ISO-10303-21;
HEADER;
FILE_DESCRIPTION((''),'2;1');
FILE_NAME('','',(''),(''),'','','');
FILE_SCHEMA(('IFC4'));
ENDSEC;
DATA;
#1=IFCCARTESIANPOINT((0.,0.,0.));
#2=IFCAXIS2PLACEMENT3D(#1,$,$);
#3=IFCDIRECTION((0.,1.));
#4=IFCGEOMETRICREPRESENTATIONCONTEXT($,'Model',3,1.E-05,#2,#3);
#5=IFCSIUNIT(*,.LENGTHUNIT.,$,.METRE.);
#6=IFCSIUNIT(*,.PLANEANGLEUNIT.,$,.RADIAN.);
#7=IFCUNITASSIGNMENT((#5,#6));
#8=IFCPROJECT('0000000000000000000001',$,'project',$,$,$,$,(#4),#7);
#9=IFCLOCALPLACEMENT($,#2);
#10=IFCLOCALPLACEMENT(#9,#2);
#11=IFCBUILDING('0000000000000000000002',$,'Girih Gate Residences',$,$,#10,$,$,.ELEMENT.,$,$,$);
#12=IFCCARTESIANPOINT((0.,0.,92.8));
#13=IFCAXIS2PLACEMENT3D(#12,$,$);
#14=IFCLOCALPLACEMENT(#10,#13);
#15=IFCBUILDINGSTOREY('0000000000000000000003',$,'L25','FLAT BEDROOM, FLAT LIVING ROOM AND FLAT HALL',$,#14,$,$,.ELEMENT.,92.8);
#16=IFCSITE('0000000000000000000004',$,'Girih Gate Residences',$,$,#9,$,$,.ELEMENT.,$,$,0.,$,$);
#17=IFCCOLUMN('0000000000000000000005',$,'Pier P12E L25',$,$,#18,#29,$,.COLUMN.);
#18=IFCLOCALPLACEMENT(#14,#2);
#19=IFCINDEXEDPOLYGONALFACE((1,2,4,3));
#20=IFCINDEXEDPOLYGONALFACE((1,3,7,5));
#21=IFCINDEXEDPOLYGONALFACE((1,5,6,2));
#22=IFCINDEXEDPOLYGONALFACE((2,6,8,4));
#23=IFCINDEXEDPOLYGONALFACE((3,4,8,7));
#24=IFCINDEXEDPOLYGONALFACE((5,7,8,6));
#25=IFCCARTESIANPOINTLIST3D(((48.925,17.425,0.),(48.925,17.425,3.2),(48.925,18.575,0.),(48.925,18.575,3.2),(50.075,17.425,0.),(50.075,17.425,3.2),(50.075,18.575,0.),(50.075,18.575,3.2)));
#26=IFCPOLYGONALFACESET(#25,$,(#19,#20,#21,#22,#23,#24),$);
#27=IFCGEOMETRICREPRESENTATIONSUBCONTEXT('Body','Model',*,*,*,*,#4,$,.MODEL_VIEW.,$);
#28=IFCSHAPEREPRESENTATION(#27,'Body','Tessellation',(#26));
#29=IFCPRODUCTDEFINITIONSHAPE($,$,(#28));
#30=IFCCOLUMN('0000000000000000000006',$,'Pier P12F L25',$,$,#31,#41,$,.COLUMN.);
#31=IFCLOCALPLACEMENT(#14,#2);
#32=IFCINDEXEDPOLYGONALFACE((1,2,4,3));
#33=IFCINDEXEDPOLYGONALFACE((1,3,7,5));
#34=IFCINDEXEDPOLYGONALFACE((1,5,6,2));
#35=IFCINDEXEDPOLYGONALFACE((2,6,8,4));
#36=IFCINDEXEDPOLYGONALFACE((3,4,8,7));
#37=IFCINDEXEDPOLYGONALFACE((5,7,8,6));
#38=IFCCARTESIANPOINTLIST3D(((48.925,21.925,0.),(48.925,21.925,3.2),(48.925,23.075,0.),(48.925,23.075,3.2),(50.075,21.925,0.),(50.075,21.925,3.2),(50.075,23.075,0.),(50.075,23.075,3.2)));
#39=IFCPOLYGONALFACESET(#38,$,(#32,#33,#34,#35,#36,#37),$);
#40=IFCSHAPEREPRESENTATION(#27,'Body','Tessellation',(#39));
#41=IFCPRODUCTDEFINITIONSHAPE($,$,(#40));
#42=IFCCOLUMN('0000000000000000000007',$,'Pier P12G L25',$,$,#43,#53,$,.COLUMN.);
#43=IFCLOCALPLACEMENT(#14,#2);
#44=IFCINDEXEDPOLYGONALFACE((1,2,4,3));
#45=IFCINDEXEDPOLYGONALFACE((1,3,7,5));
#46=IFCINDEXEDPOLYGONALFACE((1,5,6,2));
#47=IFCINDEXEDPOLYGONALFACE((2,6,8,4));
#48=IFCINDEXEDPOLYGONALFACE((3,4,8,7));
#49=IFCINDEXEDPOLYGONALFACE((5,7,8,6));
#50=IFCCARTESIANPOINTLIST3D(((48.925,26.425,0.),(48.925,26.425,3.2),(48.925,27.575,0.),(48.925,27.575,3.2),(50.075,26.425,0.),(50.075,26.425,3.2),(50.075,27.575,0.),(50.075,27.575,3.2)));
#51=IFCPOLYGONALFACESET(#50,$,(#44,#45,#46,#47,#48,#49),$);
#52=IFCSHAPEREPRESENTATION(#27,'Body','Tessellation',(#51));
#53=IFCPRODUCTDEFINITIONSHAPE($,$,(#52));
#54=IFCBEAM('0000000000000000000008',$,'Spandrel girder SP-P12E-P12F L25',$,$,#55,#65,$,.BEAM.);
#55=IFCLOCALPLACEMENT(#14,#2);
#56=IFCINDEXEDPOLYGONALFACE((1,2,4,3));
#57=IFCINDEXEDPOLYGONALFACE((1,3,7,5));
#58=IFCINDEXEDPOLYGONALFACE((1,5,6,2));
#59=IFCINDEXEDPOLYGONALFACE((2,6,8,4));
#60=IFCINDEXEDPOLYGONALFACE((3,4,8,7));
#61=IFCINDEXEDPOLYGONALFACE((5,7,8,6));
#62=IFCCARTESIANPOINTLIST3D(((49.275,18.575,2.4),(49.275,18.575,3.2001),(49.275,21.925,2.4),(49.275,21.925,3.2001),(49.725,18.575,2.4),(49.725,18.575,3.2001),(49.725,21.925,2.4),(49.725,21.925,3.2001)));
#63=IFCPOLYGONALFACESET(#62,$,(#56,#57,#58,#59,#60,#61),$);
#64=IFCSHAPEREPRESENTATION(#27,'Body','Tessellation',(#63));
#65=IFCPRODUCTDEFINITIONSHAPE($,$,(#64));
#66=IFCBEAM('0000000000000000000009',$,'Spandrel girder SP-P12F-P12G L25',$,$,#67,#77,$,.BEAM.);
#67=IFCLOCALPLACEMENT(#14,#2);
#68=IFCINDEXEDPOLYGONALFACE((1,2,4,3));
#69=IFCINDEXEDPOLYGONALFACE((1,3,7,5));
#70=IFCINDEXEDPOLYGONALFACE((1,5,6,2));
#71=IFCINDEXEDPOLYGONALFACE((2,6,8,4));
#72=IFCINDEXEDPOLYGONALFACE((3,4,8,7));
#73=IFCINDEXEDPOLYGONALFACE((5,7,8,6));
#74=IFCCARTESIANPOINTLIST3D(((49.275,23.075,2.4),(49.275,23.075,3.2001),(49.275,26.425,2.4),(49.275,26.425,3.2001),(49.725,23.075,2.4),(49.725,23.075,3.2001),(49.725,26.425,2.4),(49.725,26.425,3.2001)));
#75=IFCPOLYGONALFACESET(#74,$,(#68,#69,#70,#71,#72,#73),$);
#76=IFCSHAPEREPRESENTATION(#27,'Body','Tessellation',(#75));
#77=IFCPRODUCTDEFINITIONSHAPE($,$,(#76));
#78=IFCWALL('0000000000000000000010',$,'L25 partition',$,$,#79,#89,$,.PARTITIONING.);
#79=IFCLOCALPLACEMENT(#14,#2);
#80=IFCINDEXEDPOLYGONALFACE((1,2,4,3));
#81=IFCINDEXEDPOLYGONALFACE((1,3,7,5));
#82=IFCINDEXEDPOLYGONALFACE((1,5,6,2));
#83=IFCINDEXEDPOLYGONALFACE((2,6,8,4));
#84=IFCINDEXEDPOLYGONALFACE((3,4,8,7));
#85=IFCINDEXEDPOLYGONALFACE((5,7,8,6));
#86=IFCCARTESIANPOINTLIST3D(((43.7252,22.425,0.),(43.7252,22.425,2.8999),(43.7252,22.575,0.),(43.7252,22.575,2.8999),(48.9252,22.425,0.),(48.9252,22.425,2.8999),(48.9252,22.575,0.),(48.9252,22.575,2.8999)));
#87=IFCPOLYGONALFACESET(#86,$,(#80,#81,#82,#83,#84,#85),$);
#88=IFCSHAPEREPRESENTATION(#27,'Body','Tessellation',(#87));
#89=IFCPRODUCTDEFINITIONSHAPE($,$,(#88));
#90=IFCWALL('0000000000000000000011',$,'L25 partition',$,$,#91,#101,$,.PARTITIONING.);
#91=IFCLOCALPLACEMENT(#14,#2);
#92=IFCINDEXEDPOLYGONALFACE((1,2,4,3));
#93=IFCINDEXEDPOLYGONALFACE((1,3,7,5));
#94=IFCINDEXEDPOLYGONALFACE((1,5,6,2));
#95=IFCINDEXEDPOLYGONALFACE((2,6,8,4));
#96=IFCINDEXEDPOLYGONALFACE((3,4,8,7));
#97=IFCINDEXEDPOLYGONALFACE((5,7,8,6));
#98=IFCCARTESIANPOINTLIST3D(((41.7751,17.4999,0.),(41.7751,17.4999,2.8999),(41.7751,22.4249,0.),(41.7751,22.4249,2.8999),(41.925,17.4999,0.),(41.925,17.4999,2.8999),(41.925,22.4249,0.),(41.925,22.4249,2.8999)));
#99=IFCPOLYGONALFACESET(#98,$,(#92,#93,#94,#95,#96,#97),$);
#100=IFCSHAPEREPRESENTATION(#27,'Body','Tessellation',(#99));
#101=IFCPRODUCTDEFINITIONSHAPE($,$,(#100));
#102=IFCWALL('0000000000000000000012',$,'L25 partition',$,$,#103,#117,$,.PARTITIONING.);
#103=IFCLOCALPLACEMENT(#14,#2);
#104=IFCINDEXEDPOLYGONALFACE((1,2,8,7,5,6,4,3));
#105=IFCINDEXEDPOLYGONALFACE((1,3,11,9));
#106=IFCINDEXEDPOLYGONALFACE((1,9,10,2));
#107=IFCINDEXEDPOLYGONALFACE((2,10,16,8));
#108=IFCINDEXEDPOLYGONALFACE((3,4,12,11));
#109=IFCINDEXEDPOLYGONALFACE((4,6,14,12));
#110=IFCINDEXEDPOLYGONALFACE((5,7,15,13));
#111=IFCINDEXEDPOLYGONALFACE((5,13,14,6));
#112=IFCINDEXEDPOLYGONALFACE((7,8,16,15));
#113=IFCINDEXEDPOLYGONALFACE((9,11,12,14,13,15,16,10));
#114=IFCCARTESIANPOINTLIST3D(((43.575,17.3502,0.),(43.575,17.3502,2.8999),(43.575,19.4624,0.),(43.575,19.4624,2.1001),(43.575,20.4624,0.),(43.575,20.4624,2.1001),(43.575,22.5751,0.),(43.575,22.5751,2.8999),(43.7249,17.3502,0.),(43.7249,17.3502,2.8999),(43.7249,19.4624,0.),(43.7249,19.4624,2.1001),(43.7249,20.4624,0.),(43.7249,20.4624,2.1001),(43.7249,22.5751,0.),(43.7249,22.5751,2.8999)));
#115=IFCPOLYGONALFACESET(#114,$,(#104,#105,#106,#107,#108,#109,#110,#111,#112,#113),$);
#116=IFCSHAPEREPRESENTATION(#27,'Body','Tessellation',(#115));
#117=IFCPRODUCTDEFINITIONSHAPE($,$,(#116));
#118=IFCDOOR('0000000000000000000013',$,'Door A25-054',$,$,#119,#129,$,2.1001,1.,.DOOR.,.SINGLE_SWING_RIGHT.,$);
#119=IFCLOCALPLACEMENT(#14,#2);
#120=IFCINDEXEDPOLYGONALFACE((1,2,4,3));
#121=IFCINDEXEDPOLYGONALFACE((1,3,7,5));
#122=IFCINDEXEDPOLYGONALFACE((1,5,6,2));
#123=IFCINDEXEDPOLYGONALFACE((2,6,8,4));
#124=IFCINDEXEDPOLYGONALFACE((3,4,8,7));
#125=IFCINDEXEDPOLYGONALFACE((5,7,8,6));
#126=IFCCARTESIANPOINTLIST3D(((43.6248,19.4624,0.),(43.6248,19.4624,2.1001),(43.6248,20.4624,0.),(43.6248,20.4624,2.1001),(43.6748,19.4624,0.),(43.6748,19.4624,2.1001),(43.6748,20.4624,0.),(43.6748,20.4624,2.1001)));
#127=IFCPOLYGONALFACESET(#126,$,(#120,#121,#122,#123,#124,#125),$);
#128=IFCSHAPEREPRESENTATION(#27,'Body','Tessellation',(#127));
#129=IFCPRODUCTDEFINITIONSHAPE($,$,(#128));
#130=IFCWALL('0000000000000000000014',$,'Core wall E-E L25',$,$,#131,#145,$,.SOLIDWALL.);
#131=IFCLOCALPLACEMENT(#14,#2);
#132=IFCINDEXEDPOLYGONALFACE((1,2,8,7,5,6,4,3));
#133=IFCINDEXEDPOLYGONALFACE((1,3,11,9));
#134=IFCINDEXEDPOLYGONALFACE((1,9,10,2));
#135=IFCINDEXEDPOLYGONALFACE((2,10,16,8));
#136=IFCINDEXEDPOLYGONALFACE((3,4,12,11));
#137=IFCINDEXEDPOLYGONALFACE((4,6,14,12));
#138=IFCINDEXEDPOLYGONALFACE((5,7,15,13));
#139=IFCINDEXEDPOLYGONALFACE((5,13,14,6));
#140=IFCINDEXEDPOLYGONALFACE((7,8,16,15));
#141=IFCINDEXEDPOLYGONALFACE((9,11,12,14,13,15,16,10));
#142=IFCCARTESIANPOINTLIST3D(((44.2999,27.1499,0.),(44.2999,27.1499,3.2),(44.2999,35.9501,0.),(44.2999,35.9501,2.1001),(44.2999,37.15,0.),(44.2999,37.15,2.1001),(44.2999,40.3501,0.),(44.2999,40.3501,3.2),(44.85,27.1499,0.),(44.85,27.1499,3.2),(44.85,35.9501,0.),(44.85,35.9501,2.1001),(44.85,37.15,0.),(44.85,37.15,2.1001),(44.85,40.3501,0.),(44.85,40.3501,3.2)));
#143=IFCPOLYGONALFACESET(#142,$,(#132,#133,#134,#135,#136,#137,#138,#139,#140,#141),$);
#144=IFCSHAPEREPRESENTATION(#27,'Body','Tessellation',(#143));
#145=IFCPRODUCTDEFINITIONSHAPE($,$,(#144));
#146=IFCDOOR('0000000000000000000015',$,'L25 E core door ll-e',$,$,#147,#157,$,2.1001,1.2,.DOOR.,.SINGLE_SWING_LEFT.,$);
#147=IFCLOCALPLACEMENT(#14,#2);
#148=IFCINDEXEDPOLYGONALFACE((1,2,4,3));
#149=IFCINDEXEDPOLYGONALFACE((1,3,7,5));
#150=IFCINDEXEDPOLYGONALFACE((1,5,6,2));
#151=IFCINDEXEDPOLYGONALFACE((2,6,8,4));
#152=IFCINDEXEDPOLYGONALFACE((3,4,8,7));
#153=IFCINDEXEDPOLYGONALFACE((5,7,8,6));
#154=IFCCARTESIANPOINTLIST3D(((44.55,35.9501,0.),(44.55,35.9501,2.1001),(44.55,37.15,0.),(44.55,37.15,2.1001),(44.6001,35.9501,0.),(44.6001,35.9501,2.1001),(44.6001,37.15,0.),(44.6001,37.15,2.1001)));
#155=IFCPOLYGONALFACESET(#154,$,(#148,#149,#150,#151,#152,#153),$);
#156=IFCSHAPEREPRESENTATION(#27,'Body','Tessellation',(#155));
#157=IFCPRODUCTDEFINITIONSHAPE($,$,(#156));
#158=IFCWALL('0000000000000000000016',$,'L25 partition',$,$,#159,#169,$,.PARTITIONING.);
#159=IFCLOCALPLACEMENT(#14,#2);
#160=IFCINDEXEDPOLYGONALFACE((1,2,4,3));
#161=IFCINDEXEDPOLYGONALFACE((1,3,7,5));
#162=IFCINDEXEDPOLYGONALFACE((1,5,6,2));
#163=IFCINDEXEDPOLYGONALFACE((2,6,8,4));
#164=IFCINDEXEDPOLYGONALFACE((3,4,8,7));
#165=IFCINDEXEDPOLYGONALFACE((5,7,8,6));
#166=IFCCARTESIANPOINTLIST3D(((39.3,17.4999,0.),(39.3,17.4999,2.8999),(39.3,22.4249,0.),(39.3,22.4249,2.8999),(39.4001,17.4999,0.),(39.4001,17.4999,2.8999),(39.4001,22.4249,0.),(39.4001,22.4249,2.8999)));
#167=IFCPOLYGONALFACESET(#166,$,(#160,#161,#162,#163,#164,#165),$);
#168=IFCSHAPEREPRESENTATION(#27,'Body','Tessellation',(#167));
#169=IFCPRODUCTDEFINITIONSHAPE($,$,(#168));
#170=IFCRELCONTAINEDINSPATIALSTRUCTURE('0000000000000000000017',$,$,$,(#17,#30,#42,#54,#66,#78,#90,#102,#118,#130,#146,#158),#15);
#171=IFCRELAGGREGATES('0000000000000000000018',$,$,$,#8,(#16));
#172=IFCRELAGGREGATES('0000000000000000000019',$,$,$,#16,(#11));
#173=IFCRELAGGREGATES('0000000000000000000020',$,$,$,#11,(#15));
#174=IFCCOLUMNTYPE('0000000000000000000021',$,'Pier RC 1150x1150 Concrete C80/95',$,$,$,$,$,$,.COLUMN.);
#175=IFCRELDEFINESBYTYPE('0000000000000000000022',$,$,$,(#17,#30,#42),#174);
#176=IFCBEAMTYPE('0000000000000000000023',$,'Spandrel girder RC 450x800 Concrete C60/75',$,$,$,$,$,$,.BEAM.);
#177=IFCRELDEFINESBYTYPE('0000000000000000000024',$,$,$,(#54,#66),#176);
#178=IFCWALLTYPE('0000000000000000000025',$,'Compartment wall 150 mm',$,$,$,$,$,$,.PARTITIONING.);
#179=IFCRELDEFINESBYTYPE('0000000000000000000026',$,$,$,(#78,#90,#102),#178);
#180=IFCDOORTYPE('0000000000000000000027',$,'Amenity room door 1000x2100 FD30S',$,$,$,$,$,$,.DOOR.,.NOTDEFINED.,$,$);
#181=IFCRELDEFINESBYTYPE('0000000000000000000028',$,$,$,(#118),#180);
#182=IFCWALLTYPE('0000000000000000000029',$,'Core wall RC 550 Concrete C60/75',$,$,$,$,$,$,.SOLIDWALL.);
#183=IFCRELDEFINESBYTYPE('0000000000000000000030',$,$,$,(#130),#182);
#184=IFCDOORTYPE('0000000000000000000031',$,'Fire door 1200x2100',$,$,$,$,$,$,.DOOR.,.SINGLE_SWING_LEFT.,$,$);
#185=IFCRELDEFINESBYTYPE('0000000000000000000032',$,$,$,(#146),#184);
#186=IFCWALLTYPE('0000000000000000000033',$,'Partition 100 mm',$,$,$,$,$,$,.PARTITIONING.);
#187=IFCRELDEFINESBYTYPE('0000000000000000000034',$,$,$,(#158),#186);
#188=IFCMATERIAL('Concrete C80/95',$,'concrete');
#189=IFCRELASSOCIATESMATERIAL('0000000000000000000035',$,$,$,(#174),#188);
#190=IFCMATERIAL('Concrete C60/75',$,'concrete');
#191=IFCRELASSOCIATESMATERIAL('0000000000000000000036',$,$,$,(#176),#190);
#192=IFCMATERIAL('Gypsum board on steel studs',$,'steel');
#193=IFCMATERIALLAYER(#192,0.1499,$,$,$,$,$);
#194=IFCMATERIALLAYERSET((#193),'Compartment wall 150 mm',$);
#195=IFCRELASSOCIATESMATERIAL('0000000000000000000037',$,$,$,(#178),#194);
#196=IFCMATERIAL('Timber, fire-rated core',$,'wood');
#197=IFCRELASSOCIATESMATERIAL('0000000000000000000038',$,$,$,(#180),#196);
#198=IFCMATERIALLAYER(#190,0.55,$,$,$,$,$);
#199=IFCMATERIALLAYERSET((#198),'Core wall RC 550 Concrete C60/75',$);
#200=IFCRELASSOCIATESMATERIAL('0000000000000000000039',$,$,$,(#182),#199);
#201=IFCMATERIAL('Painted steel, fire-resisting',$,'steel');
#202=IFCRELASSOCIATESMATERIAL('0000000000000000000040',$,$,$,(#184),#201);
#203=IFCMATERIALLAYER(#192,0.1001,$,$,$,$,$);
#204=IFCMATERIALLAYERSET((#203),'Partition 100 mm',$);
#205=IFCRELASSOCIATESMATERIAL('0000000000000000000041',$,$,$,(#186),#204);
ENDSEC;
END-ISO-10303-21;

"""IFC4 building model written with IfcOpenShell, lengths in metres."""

from ifc_helpers import new_model, si_unit, direction, frame, frame_2d, origin, origin_2d, place, context, subcontext, project, spatial, rectangle, extrude, material, layer, layer_set, material_profile, profile_set, type_object, element, fill, save


model = new_model("IFC4")

# Units and contexts
model_context = context("Model", 3, precision=1e-05, world=origin(), true_north=direction((0.0, 1.0)))
body_context = subcontext(model_context, "Body", "Model", "MODEL_VIEW")
ifc_project = project(units=[si_unit("LENGTHUNIT", "METRE"), si_unit("PLANEANGLEUNIT", "RADIAN")], contexts=[model_context])

# Site, building, storey
site_placement = place(None, origin())
site = spatial("IfcSite", under=ifc_project, at=site_placement, Name="Girih Gate Residences", CompositionType="ELEMENT", RefElevation=0.0)
building_placement = place(site_placement, origin())
building = spatial("IfcBuilding", under=site, at=building_placement, Name="Girih Gate Residences", CompositionType="ELEMENT")
storey_placement = place(building_placement, frame((0.0, 0.0, 92.8)))
storey = spatial("IfcBuildingStorey", under=building, at=storey_placement, Name="L25", Description="FLAT BEDROOM, FLAT LIVING ROOM AND FLAT HALL", CompositionType="ELEMENT", Elevation=92.8)

# Columns
ifc_material_1 = material(Name="Concrete C80/95", Category="concrete")
ifc_material_profile_1 = material_profile(ifc_material_1, rectangle(XDim=1.1499, YDim=1.1499, at=origin_2d()))
ifc_profile_set_1 = profile_set([ifc_material_profile_1], Name="Concrete C80/95")
column_type = type_object("IfcColumnType", Name="Pier RC 1150x1150 Concrete C80/95", PredefinedType="COLUMN", material=ifc_profile_set_1)
for number, where, z_axis, x_axis, name in (
    (1, (49.5, 18.0, 0.0), (0.0, 0.0, 1.0), (1.0, 0.0, 0.0), "Pier P12E L25"),
    (2, (49.5, 22.5, 0.0), (0.0, 0.0, 1.0), (1.0, 0.0, 0.0), "Pier P12F L25"),
    (3, (49.5, 27.0, 0.0), (0.0, 0.0, 1.0), (1.0, 0.0, 0.0), "Pier P12G L25"),
):
    element("IfcColumn", number, at=place(storey_placement, frame(where, z_axis=z_axis, x_axis=x_axis)), inside=storey, type_object=column_type, Name=name, PredefinedType="COLUMN", context=body_context, shape_type="SweptSolid", body=[
        extrude(rectangle(XDim=1.1499, YDim=1.1499, at=origin_2d()), origin(), (0.0, 0.0, 1.0), 3.2),
    ])

# Beams
ifc_material_2 = material(Name="Concrete C60/75", Category="concrete")
ifc_material_profile_2 = material_profile(ifc_material_2, rectangle(XDim=0.45, YDim=0.8, at=origin_2d()))
ifc_profile_set_2 = profile_set([ifc_material_profile_2], Name="Concrete C60/75")
beam_type = type_object("IfcBeamType", Name="Spandrel girder RC 450x800 Concrete C60/75", PredefinedType="BEAM", material=ifc_profile_set_2)
for number, where, z_axis, x_axis, name in (
    (4, (49.5, 18.575, 2.8), (0.0, 1.0, 0.0), (-1.0, 0.0, 0.0), "Spandrel girder SP-P12E-P12F L25"),
    (5, (49.5, 23.075, 2.8), (0.0, 1.0, 0.0), (-1.0, 0.0, 0.0), "Spandrel girder SP-P12F-P12G L25"),
):
    element("IfcBeam", number, at=place(storey_placement, frame(where, z_axis=z_axis, x_axis=x_axis)), inside=storey, type_object=beam_type, Name=name, PredefinedType="BEAM", context=body_context, shape_type="SweptSolid", body=[
        extrude(rectangle(XDim=0.45, YDim=0.8, at=origin_2d()), origin(), (0.0, 0.0, 1.0), 3.3501),
    ])

# Walls
ifc_material_3 = material(Name="Gypsum board on steel studs", Category="steel")
ifc_layer_1 = layer(ifc_material_3, 0.1499)
ifc_layer_set_1 = layer_set([ifc_layer_1], Name="Compartment wall 150 mm")
wall_type_1 = type_object("IfcWallType", Name="Compartment wall 150 mm", PredefinedType="PARTITIONING", material=ifc_layer_set_1)
wall_1_placement = place(storey_placement, frame((43.7251, 22.5, 0.0), z_axis=(0.0, 0.0, 1.0), x_axis=(1.0, 0.0, 0.0)))
element("IfcWall", 6, at=wall_1_placement, inside=storey, type_object=wall_type_1, Name="L25 partition", PredefinedType="PARTITIONING", context=body_context, shape_type="SweptSolid", body=[
    extrude(rectangle(XDim=5.2, YDim=0.1499, at=frame_2d((2.6001, 0.0))), origin(), (0.0, 0.0, 1.0), 2.8999),
])
wall_2_placement = place(storey_placement, frame((41.8501, 17.5, 0.0), z_axis=(0.0, 0.0, 1.0), x_axis=(0.0, 1.0, 0.0)))
element("IfcWall", 7, at=wall_2_placement, inside=storey, type_object=wall_type_1, Name="L25 partition", PredefinedType="PARTITIONING", context=body_context, shape_type="SweptSolid", body=[
    extrude(rectangle(XDim=4.925, YDim=0.1499, at=frame_2d((2.4624, 0.0))), origin(), (0.0, 0.0, 1.0), 2.8999),
])

# Walls, openings, doors
wall_3_placement = place(storey_placement, frame((43.6499, 22.575, 0.0), z_axis=(0.0, 0.0, 1.0), x_axis=(0.0, -1.0, 0.0)))
wall_3 = element("IfcWall", 8, at=wall_3_placement, inside=storey, type_object=wall_type_1, Name="L25 partition", PredefinedType="PARTITIONING", context=body_context, shape_type="SweptSolid", body=[
    extrude(rectangle(XDim=5.2249, YDim=0.1499, at=frame_2d((2.6123, 0.0))), origin(), (0.0, 0.0, 1.0), 2.8999),
])
opening_1_placement = place(wall_3_placement, frame((2.1125, 0.0, 0.0)))
opening_1 = element("IfcOpeningElement", 9, at=opening_1_placement, cuts=wall_3, PredefinedType="OPENING", context=body_context, shape_type="SweptSolid", body=[
    extrude(rectangle(XDim=1.0, YDim=2.1001, at=frame_2d((0.5, 1.05))), frame((0.0, 0.085, 0.0), z_axis=(0.0, -1.0, 0.0), x_axis=(1.0, 0.0, 0.0)), (0.0, 0.0, 1.0), 0.1699),
])
ifc_material_4 = material(Name="Timber, fire-rated core", Category="wood")
door_type_1 = type_object("IfcDoorType", Name="Amenity room door 1000x2100 FD30S", OperationType="NOTDEFINED", PredefinedType="DOOR", material=ifc_material_4)
door_1_placement = place(opening_1_placement, origin())
door_1 = element("IfcDoor", 10, at=door_1_placement, inside=storey, type_object=door_type_1, Name="Door A25-054", OperationType="SINGLE_SWING_RIGHT", OverallHeight=2.1001, OverallWidth=1.0, PredefinedType="DOOR", context=body_context, shape_type="SweptSolid", body=[
    extrude(rectangle(XDim=1.0, YDim=2.1001, at=frame_2d((0.5, 1.05))), frame((0.0, 0.0249, 0.0), z_axis=(0.0, -1.0, 0.0), x_axis=(1.0, 0.0, 0.0)), (0.0, 0.0, 1.0), 0.05),
])
fill(opening_1, door_1)
ifc_layer_2 = layer(ifc_material_2, 0.55)
ifc_layer_set_2 = layer_set([ifc_layer_2], Name="Core wall RC 550 Concrete C60/75")
wall_type_2 = type_object("IfcWallType", Name="Core wall RC 550 Concrete C60/75", PredefinedType="SOLIDWALL", material=ifc_layer_set_2)
wall_4_placement = place(storey_placement, frame((44.575, 27.1499, 0.0), z_axis=(0.0, 0.0, 1.0), x_axis=(0.0, 1.0, 0.0)))
wall_4 = element("IfcWall", 11, at=wall_4_placement, inside=storey, type_object=wall_type_2, Name="Core wall E-E L25", PredefinedType="SOLIDWALL", context=body_context, shape_type="SweptSolid", body=[
    extrude(rectangle(XDim=13.2002, YDim=0.55, at=frame_2d((6.6001, 0.0))), origin(), (0.0, 0.0, 1.0), 3.2),
])
opening_2_placement = place(wall_4_placement, frame((8.8, 0.0, 0.0)))
opening_2 = element("IfcOpeningElement", 12, at=opening_2_placement, cuts=wall_4, PredefinedType="OPENING", context=body_context, shape_type="SweptSolid", body=[
    extrude(rectangle(XDim=1.2, YDim=2.1001, at=frame_2d((0.6001, 1.05))), frame((0.0, 0.2849, 0.0), z_axis=(0.0, -1.0, 0.0), x_axis=(1.0, 0.0, 0.0)), (0.0, 0.0, 1.0), 0.5701),
])
ifc_material_5 = material(Name="Painted steel, fire-resisting", Category="steel")
door_type_2 = type_object("IfcDoorType", Name="Fire door 1200x2100", OperationType="SINGLE_SWING_LEFT", PredefinedType="DOOR", material=ifc_material_5)
door_2_placement = place(opening_2_placement, origin())
door_2 = element("IfcDoor", 13, at=door_2_placement, inside=storey, type_object=door_type_2, Name="L25 E core door ll-e", OperationType="SINGLE_SWING_LEFT", OverallHeight=2.1001, OverallWidth=1.2, PredefinedType="DOOR", context=body_context, shape_type="SweptSolid", body=[
    extrude(rectangle(XDim=1.2, YDim=2.1001, at=frame_2d((0.6001, 1.05))), frame((0.0, 0.0249, 0.0), z_axis=(0.0, -1.0, 0.0), x_axis=(1.0, 0.0, 0.0)), (0.0, 0.0, 1.0), 0.05),
])
fill(opening_2, door_2)

# Wall
ifc_layer_3 = layer(ifc_material_3, 0.1001)
ifc_layer_set_3 = layer_set([ifc_layer_3], Name="Partition 100 mm")
wall_type_3 = type_object("IfcWallType", Name="Partition 100 mm", PredefinedType="PARTITIONING", material=ifc_layer_set_3)
wall_5_placement = place(storey_placement, frame((39.3501, 17.5, 0.0), z_axis=(0.0, 0.0, 1.0), x_axis=(0.0, 1.0, 0.0)))
element("IfcWall", 14, at=wall_5_placement, inside=storey, type_object=wall_type_3, Name="L25 partition", PredefinedType="PARTITIONING", context=body_context, shape_type="SweptSolid", body=[
    extrude(rectangle(XDim=4.925, YDim=0.1001, at=frame_2d((2.4624, 0.0))), origin(), (0.0, 0.0, 1.0), 2.8999),
])

save(model, "model.ifc")
